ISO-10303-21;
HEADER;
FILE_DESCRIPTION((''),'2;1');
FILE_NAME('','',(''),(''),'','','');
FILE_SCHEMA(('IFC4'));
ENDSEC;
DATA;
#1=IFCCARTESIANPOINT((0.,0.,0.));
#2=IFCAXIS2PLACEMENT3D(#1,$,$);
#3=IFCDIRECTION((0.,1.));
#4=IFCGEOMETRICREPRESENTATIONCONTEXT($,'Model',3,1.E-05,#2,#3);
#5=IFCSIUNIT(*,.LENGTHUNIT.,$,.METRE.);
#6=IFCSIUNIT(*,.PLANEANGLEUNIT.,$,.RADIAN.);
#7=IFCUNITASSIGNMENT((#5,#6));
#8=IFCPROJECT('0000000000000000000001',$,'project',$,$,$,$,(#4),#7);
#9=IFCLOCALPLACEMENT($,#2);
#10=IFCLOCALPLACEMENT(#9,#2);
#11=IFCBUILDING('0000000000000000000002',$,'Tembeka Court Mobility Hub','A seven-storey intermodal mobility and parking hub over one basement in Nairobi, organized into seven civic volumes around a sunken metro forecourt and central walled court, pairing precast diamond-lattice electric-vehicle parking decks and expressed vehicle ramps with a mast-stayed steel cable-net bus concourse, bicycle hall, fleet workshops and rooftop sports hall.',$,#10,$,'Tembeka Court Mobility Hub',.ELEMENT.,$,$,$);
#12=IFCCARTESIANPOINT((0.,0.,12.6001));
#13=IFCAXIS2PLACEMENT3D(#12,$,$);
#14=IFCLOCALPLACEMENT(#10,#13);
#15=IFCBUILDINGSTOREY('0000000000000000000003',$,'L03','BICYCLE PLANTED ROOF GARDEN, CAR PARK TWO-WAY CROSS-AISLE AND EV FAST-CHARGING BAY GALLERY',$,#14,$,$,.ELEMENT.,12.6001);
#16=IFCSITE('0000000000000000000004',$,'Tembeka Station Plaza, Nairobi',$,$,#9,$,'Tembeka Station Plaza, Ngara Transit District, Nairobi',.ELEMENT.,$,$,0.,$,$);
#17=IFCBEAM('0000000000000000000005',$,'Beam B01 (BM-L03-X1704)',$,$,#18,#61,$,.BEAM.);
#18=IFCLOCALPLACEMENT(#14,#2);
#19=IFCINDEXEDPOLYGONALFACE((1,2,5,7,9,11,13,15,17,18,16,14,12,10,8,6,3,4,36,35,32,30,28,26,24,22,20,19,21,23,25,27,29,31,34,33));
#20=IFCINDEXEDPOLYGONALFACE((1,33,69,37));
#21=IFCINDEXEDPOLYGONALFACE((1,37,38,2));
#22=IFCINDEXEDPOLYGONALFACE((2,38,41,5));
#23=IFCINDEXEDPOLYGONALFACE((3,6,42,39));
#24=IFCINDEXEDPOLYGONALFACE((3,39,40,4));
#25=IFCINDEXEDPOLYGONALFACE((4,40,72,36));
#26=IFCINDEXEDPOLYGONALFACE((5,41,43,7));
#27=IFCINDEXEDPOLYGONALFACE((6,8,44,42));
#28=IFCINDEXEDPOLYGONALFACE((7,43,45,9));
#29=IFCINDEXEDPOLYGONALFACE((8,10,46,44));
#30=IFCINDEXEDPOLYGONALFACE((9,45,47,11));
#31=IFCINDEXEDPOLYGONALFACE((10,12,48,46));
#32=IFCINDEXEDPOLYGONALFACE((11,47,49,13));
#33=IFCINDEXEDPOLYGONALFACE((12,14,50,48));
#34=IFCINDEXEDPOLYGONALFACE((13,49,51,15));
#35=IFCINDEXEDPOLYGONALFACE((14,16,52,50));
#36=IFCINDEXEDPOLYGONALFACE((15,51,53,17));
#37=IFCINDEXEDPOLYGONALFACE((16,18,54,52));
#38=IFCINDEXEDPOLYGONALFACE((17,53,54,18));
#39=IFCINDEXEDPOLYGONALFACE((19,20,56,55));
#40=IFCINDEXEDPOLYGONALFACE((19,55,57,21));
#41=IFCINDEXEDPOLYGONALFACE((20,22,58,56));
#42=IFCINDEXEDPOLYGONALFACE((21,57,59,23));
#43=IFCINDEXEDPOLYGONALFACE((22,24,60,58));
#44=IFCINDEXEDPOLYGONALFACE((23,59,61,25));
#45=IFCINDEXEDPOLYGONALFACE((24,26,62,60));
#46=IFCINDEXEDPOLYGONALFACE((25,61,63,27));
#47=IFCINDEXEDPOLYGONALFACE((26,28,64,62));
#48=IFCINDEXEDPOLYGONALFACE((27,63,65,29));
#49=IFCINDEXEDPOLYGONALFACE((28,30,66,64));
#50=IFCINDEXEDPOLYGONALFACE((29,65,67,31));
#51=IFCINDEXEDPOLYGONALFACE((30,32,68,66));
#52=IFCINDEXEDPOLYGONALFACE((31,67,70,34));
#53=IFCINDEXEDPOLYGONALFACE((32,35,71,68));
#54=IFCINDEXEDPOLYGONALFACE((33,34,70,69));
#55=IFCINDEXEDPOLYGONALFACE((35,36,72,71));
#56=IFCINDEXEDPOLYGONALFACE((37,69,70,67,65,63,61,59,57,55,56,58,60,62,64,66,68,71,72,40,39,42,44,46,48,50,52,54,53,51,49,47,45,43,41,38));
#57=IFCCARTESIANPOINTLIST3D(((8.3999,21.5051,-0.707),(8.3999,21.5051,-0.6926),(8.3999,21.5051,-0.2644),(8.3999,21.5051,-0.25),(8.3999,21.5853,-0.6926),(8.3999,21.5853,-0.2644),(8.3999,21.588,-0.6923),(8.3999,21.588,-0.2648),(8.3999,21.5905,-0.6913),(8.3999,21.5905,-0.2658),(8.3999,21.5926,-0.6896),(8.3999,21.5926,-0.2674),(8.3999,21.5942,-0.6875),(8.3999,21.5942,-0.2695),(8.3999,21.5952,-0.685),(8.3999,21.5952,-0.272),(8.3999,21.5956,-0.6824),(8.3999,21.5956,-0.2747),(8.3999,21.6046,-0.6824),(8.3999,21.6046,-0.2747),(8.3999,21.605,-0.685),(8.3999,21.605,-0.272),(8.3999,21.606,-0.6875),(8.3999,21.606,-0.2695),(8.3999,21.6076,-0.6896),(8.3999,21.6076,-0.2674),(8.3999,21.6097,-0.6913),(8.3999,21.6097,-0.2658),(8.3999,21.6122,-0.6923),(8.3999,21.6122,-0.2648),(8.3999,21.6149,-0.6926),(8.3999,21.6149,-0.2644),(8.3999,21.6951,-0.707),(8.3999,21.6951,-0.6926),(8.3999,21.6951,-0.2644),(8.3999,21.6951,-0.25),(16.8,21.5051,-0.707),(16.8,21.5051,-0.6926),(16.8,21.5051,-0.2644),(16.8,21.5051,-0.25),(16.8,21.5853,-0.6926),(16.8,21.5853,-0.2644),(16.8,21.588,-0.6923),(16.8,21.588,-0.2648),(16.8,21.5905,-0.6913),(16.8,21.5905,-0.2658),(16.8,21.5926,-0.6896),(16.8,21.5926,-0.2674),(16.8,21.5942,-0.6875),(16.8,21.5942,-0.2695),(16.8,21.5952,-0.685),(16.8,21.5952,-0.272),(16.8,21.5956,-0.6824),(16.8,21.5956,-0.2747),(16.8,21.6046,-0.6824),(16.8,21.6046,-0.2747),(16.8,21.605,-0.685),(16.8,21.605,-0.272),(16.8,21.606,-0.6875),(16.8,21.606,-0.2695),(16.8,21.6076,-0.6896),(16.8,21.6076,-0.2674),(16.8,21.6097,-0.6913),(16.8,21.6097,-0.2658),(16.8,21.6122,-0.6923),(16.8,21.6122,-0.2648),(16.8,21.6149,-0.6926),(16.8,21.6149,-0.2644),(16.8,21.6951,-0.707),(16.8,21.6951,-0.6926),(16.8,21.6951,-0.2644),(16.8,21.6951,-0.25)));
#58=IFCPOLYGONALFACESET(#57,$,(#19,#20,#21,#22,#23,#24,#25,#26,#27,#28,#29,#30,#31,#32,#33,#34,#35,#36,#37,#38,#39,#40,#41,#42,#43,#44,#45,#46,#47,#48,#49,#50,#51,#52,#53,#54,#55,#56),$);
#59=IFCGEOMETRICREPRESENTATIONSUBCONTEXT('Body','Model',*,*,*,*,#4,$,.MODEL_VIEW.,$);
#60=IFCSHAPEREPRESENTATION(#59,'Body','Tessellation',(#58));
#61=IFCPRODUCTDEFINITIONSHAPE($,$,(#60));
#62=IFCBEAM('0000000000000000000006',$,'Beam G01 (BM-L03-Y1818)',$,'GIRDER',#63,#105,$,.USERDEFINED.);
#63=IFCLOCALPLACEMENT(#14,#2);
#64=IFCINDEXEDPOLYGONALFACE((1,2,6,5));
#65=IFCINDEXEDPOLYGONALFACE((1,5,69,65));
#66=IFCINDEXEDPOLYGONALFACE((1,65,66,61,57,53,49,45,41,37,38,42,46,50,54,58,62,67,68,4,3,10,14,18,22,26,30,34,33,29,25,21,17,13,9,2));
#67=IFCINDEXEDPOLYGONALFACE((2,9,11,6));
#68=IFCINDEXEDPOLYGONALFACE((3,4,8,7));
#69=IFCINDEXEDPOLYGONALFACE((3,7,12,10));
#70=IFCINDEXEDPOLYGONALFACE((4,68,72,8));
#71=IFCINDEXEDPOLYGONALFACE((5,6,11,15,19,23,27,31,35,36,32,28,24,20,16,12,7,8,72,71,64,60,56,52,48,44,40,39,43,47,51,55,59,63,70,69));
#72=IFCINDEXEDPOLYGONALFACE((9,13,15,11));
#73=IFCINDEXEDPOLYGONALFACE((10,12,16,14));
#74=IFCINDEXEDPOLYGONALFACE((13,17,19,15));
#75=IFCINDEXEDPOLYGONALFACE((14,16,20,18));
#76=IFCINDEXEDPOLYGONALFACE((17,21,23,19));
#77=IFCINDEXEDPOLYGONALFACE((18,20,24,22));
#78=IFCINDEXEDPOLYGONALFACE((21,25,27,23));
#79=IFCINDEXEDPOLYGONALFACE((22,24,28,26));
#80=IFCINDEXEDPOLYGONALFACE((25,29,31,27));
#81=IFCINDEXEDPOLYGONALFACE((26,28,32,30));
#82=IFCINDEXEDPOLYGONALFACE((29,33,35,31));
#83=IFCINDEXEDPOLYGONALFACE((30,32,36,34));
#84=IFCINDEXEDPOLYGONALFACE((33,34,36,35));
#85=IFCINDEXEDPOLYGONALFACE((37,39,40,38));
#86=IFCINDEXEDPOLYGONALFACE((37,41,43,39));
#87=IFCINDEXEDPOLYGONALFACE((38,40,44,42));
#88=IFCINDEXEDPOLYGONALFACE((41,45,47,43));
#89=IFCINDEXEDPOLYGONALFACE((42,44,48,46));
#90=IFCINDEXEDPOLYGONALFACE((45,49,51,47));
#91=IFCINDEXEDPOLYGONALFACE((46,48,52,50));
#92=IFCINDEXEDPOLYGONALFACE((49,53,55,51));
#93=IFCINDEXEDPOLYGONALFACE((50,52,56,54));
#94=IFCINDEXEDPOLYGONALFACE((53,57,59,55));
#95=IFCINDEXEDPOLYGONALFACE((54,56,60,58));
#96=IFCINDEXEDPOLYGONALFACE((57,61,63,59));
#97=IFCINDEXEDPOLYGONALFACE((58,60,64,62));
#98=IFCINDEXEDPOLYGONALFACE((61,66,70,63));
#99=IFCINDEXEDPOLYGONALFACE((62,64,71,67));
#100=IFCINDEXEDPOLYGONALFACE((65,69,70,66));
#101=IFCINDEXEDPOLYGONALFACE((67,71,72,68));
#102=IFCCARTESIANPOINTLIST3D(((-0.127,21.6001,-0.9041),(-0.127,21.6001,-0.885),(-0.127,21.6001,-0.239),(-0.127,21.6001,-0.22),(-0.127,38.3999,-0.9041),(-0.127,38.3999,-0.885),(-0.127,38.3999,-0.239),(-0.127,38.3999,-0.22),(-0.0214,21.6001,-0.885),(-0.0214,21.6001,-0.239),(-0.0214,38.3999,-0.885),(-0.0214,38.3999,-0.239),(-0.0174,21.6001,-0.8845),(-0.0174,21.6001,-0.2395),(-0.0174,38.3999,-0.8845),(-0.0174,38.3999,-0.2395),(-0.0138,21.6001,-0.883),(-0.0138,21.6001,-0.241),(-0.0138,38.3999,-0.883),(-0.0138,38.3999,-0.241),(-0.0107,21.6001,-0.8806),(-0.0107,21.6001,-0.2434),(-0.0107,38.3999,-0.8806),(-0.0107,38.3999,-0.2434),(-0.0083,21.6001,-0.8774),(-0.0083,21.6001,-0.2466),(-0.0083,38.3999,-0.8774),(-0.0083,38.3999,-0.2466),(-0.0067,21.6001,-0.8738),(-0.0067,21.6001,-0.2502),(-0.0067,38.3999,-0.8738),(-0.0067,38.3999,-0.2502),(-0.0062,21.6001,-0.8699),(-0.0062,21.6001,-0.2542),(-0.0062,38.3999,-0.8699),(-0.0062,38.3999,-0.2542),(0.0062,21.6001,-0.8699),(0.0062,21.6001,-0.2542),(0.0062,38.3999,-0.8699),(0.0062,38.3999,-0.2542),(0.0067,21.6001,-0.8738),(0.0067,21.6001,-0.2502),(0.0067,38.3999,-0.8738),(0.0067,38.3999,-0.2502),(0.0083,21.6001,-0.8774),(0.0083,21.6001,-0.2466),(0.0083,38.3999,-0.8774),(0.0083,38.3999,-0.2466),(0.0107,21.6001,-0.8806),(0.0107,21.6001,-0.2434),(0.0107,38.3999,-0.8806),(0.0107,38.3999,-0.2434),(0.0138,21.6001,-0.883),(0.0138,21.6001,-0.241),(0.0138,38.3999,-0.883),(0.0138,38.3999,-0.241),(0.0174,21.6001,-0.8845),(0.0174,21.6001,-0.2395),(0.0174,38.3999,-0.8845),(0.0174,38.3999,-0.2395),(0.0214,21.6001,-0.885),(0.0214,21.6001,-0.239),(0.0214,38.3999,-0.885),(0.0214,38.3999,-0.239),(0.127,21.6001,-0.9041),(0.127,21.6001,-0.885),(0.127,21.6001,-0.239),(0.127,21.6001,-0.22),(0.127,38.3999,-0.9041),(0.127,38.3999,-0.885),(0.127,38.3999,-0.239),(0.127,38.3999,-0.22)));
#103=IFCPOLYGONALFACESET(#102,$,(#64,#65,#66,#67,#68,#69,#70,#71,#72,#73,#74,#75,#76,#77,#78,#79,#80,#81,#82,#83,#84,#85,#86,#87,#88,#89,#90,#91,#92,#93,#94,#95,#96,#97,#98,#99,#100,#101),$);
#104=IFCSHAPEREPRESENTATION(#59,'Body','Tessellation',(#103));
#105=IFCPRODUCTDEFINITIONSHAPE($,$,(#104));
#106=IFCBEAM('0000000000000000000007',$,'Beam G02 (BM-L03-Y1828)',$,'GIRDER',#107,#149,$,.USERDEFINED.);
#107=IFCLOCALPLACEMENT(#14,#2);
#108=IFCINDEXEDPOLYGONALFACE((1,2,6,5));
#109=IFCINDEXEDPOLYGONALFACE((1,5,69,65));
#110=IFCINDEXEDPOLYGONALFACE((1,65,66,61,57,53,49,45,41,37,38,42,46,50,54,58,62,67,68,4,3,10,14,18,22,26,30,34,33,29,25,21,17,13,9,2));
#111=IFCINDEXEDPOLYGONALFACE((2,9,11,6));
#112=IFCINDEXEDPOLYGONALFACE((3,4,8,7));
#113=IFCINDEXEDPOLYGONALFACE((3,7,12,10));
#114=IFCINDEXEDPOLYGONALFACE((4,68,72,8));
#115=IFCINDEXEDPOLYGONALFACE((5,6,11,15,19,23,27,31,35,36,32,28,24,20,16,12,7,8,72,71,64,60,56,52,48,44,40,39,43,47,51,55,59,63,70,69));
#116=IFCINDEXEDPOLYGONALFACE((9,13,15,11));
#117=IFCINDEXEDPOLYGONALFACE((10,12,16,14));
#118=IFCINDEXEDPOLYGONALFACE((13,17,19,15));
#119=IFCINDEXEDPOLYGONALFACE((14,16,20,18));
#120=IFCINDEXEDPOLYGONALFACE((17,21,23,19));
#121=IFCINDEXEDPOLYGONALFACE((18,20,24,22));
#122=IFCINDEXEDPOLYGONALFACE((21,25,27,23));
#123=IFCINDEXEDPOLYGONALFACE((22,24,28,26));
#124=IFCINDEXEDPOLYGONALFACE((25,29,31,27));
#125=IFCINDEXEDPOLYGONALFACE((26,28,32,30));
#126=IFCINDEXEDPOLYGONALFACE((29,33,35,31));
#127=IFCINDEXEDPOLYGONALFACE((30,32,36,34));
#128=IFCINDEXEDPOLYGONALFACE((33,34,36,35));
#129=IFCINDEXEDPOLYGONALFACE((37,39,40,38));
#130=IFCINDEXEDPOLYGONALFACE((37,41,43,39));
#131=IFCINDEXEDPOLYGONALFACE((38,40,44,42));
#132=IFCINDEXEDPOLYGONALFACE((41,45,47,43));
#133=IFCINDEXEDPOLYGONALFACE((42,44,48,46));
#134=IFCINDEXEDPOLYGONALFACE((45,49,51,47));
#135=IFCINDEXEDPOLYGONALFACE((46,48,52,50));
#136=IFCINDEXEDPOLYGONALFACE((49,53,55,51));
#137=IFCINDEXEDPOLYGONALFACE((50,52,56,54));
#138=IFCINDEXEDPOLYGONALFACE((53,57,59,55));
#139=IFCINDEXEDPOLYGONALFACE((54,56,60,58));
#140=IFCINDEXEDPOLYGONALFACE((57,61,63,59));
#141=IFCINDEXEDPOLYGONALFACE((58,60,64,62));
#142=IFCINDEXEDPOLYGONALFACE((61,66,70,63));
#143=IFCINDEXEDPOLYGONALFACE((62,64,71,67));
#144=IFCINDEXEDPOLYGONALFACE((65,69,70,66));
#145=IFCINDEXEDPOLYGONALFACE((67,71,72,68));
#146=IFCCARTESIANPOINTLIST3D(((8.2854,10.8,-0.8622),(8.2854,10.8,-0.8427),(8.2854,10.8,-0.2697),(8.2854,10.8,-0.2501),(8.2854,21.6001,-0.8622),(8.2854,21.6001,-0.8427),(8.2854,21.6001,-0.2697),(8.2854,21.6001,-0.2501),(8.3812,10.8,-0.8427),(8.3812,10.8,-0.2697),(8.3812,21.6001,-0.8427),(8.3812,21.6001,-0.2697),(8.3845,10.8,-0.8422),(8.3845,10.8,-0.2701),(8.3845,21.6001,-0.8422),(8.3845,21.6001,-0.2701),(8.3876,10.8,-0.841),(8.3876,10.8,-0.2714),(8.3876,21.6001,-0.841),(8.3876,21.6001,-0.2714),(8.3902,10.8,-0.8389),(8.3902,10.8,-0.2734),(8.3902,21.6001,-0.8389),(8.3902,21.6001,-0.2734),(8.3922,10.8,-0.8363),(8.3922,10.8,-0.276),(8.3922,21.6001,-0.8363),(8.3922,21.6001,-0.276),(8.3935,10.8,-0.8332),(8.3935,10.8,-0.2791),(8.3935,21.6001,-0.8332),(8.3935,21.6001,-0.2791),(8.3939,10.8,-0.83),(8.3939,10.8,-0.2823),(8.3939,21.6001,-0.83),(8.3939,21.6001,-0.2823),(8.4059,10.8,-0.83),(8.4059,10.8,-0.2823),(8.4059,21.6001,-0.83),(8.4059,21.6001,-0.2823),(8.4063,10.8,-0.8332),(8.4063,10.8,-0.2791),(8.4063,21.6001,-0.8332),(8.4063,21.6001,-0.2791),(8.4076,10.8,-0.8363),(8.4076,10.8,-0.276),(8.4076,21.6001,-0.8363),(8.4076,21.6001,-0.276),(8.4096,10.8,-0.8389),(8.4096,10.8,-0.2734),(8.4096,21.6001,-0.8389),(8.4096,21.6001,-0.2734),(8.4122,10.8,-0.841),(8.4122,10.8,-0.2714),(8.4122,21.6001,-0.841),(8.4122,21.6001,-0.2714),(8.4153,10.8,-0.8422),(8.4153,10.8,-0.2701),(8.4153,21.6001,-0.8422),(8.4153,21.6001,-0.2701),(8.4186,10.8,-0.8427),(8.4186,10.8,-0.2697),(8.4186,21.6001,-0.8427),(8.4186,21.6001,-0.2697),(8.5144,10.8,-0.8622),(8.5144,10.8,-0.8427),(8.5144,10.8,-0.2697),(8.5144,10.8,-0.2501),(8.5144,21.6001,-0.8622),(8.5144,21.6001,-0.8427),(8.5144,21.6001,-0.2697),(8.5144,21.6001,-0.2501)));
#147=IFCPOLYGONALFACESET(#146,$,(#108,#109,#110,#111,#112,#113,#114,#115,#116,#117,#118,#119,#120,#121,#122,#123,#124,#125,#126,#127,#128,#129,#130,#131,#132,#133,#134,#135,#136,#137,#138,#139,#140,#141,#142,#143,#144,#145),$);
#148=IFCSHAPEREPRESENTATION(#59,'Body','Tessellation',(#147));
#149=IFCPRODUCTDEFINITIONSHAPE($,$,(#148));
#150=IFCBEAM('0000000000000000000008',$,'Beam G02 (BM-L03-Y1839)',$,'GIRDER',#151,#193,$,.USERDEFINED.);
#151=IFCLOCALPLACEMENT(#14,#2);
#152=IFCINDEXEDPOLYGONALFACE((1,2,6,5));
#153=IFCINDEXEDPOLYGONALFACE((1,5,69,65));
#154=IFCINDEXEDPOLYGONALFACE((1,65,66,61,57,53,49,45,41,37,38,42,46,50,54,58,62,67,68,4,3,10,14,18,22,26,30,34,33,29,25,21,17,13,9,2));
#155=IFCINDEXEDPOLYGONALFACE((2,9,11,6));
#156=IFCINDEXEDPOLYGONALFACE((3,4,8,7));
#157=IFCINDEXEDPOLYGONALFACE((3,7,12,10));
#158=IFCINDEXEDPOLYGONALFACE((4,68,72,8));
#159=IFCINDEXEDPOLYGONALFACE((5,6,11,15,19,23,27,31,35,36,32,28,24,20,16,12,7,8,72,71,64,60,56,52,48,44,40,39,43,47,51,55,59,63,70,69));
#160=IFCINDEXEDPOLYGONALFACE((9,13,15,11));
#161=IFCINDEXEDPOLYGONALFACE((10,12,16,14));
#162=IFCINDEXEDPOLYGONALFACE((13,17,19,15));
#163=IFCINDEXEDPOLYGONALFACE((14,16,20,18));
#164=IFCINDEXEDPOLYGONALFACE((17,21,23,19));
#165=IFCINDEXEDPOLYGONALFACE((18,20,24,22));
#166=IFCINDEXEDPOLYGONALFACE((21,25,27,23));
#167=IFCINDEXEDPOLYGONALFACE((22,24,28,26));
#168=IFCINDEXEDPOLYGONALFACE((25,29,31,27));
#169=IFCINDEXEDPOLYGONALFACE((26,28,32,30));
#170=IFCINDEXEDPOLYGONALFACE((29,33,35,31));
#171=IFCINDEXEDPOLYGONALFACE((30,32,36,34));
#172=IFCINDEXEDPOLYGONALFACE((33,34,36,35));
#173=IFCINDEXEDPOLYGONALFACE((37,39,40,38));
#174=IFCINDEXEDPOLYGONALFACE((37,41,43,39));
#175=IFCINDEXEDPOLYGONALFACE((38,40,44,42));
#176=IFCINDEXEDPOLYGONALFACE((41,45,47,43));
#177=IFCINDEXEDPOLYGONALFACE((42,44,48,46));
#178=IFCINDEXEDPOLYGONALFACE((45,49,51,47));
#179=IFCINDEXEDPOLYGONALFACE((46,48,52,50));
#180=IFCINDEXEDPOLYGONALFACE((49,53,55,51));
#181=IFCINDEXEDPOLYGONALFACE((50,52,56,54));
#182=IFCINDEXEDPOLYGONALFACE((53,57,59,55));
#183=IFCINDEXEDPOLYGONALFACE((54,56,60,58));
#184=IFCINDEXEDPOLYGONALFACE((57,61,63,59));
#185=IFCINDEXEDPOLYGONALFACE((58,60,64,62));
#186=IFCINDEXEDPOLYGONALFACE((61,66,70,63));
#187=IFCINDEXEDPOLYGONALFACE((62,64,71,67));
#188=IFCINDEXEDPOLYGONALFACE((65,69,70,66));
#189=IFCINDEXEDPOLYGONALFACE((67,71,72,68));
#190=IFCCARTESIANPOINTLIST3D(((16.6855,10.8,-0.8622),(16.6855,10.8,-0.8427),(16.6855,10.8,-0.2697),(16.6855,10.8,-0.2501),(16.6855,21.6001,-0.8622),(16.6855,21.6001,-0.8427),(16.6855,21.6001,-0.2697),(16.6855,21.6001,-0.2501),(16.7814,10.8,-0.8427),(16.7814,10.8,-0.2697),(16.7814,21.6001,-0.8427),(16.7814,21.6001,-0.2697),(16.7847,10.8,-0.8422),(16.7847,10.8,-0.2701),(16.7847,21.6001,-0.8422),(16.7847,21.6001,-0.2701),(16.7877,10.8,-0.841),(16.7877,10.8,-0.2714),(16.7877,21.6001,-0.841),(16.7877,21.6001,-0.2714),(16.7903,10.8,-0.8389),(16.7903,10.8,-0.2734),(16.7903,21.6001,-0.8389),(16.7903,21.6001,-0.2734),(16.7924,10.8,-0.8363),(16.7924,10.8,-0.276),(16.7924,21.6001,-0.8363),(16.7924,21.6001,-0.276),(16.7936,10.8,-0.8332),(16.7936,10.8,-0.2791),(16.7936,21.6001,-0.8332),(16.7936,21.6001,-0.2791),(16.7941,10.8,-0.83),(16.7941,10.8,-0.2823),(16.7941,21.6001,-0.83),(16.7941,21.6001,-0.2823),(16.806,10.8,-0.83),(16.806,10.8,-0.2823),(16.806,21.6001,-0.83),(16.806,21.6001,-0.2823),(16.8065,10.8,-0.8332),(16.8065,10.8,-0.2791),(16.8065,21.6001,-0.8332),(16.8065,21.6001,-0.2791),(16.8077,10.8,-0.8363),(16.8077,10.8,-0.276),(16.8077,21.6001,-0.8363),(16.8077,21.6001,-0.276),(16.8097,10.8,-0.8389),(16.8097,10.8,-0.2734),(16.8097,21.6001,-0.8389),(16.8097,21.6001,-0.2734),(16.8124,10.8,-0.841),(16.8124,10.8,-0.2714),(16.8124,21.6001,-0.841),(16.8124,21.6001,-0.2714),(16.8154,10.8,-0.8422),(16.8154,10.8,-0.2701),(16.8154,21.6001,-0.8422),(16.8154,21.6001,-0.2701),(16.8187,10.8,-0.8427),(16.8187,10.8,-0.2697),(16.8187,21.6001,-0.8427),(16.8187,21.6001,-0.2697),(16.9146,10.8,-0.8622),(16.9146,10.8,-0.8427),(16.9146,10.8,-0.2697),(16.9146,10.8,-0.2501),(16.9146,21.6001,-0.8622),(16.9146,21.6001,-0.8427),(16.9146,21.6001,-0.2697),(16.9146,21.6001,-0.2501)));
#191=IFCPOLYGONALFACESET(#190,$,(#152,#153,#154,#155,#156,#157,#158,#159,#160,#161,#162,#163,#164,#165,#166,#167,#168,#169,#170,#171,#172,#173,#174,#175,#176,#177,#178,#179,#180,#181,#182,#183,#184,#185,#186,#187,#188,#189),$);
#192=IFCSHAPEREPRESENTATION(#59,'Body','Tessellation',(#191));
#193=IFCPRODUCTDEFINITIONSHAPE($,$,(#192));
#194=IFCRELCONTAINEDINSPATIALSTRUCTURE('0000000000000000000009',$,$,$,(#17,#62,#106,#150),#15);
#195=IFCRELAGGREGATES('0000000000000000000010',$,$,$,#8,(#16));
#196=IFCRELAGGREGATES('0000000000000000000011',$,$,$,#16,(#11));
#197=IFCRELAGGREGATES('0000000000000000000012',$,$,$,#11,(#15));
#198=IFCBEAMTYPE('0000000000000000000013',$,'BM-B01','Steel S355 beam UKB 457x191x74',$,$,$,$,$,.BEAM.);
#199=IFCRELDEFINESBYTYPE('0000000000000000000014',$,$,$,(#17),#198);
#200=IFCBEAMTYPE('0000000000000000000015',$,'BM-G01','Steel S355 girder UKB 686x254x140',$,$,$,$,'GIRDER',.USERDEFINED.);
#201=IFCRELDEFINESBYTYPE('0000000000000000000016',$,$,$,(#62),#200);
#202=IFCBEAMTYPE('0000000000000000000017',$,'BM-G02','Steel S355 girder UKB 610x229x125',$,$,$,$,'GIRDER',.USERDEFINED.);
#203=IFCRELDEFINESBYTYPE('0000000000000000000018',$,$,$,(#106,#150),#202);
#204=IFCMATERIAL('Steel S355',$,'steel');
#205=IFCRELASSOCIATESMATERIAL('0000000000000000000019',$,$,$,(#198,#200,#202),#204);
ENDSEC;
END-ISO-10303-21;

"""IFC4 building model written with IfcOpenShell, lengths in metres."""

from ifc_helpers import new_model, si_unit, direction, frame, origin, origin_2d, place, context, subcontext, project, spatial, i_section, extrude, material, material_profile, profile_set, type_object, element, save


model = new_model("IFC4")

# Units and contexts
model_context = context("Model", 3, precision=1e-05, world=origin(), true_north=direction((0.0, 1.0)))
body_context = subcontext(model_context, "Body", "Model", "MODEL_VIEW")
ifc_project = project(units=[si_unit("LENGTHUNIT", "METRE"), si_unit("PLANEANGLEUNIT", "RADIAN")], contexts=[model_context])

# Site, building, storey
site_placement = place(None, origin())
site = spatial("IfcSite", under=ifc_project, at=site_placement, Name="Tembeka Station Plaza, Nairobi", LongName="Tembeka Station Plaza, Ngara Transit District, Nairobi", CompositionType="ELEMENT", RefElevation=0.0)
building_placement = place(site_placement, origin())
building = spatial("IfcBuilding", under=site, at=building_placement, Name="Tembeka Court Mobility Hub", Description="A seven-storey intermodal mobility and parking hub over one basement in Nairobi, organized into seven civic volumes around a sunken metro forecourt and central walled court, pairing precast diamond-lattice electric-vehicle parking decks and expressed vehicle ramps with a mast-stayed steel cable-net bus concourse, bicycle hall, fleet workshops and rooftop sports hall.", LongName="Tembeka Court Mobility Hub", CompositionType="ELEMENT")
storey_placement = place(building_placement, frame((0.0, 0.0, 12.6001)))
storey = spatial("IfcBuildingStorey", under=building, at=storey_placement, Name="L03", Description="BICYCLE PLANTED ROOF GARDEN, CAR PARK TWO-WAY CROSS-AISLE AND EV FAST-CHARGING BAY GALLERY", CompositionType="ELEMENT", Elevation=12.6001)

# Shared definitions
ifc_material_1 = material(Name="Steel S355", Category="steel")

# Beams
ifc_material_profile_1 = material_profile(ifc_material_1, i_section(OverallWidth=0.1899, OverallDepth=0.457, WebThickness=0.009, FlangeThickness=0.0144, FilletRadius=0.0103, at=origin_2d()), Name="UKB 457x191x74")
ifc_profile_set_1 = profile_set([ifc_material_profile_1], Name="Steel S355")
beam_type_1 = type_object("IfcBeamType", Name="BM-B01", Description="Steel S355 beam UKB 457x191x74", PredefinedType="BEAM", material=ifc_profile_set_1)
beam_1_placement = place(storey_placement, frame((8.3999, 21.6001, -0.4785), z_axis=(1.0, 0.0, 0.0), x_axis=(0.0, 1.0, 0.0)))
element("IfcBeam", 1, at=beam_1_placement, inside=storey, type_object=beam_type_1, Name="Beam B01 (BM-L03-X1704)", PredefinedType="BEAM", context=body_context, shape_type="SweptSolid", body=[
    extrude(i_section(OverallWidth=0.1899, OverallDepth=0.457, WebThickness=0.009, FlangeThickness=0.0144, FilletRadius=0.0103, at=origin_2d()), origin(), (0.0, 0.0, 1.0), 8.4001),
])
ifc_material_profile_2 = material_profile(ifc_material_1, i_section(OverallWidth=0.2539, OverallDepth=0.6841, WebThickness=0.0125, FlangeThickness=0.019, FilletRadius=0.0151, at=origin_2d()), Name="UKB 686x254x140")
ifc_profile_set_2 = profile_set([ifc_material_profile_2], Name="Steel S355")
beam_type_2 = type_object("IfcBeamType", Name="BM-G01", Description="Steel S355 girder UKB 686x254x140", ElementType="GIRDER", PredefinedType="USERDEFINED", material=ifc_profile_set_2)
beam_2_placement = place(storey_placement, frame((0.0, 21.6001, -0.562), z_axis=(0.0, 1.0, 0.0), x_axis=(-1.0, 0.0, 0.0)))
element("IfcBeam", 2, at=beam_2_placement, inside=storey, type_object=beam_type_2, Name="Beam G01 (BM-L03-Y1818)", ObjectType="GIRDER", PredefinedType="USERDEFINED", context=body_context, shape_type="SweptSolid", body=[
    extrude(i_section(OverallWidth=0.2539, OverallDepth=0.6841, WebThickness=0.0125, FlangeThickness=0.019, FilletRadius=0.0151, at=origin_2d()), origin(), (0.0, 0.0, 1.0), 16.7998),
])
ifc_material_profile_3 = material_profile(ifc_material_1, i_section(OverallWidth=0.229, OverallDepth=0.6121, WebThickness=0.012, FlangeThickness=0.0195, FilletRadius=0.0127, at=origin_2d()), Name="UKB 610x229x125")
ifc_profile_set_3 = profile_set([ifc_material_profile_3], Name="Steel S355")
beam_type_3 = type_object("IfcBeamType", Name="BM-G02", Description="Steel S355 girder UKB 610x229x125", ElementType="GIRDER", PredefinedType="USERDEFINED", material=ifc_profile_set_3)
for number, where, z_axis, x_axis, name in (
    (3, (8.3999, 10.8, -0.5562), (0.0, 1.0, 0.0), (-1.0, 0.0, 0.0), "Beam G02 (BM-L03-Y1828)"),
    (4, (16.8, 10.8, -0.5562), (0.0, 1.0, 0.0), (-1.0, 0.0, 0.0), "Beam G02 (BM-L03-Y1839)"),
):
    element("IfcBeam", number, at=place(storey_placement, frame(where, z_axis=z_axis, x_axis=x_axis)), inside=storey, type_object=beam_type_3, Name=name, ObjectType="GIRDER", PredefinedType="USERDEFINED", context=body_context, shape_type="SweptSolid", body=[
        extrude(i_section(OverallWidth=0.229, OverallDepth=0.6121, WebThickness=0.012, FlangeThickness=0.0195, FilletRadius=0.0127, at=origin_2d()), origin(), (0.0, 0.0, 1.0), 10.8),
    ])

save(model, "model.ifc")
